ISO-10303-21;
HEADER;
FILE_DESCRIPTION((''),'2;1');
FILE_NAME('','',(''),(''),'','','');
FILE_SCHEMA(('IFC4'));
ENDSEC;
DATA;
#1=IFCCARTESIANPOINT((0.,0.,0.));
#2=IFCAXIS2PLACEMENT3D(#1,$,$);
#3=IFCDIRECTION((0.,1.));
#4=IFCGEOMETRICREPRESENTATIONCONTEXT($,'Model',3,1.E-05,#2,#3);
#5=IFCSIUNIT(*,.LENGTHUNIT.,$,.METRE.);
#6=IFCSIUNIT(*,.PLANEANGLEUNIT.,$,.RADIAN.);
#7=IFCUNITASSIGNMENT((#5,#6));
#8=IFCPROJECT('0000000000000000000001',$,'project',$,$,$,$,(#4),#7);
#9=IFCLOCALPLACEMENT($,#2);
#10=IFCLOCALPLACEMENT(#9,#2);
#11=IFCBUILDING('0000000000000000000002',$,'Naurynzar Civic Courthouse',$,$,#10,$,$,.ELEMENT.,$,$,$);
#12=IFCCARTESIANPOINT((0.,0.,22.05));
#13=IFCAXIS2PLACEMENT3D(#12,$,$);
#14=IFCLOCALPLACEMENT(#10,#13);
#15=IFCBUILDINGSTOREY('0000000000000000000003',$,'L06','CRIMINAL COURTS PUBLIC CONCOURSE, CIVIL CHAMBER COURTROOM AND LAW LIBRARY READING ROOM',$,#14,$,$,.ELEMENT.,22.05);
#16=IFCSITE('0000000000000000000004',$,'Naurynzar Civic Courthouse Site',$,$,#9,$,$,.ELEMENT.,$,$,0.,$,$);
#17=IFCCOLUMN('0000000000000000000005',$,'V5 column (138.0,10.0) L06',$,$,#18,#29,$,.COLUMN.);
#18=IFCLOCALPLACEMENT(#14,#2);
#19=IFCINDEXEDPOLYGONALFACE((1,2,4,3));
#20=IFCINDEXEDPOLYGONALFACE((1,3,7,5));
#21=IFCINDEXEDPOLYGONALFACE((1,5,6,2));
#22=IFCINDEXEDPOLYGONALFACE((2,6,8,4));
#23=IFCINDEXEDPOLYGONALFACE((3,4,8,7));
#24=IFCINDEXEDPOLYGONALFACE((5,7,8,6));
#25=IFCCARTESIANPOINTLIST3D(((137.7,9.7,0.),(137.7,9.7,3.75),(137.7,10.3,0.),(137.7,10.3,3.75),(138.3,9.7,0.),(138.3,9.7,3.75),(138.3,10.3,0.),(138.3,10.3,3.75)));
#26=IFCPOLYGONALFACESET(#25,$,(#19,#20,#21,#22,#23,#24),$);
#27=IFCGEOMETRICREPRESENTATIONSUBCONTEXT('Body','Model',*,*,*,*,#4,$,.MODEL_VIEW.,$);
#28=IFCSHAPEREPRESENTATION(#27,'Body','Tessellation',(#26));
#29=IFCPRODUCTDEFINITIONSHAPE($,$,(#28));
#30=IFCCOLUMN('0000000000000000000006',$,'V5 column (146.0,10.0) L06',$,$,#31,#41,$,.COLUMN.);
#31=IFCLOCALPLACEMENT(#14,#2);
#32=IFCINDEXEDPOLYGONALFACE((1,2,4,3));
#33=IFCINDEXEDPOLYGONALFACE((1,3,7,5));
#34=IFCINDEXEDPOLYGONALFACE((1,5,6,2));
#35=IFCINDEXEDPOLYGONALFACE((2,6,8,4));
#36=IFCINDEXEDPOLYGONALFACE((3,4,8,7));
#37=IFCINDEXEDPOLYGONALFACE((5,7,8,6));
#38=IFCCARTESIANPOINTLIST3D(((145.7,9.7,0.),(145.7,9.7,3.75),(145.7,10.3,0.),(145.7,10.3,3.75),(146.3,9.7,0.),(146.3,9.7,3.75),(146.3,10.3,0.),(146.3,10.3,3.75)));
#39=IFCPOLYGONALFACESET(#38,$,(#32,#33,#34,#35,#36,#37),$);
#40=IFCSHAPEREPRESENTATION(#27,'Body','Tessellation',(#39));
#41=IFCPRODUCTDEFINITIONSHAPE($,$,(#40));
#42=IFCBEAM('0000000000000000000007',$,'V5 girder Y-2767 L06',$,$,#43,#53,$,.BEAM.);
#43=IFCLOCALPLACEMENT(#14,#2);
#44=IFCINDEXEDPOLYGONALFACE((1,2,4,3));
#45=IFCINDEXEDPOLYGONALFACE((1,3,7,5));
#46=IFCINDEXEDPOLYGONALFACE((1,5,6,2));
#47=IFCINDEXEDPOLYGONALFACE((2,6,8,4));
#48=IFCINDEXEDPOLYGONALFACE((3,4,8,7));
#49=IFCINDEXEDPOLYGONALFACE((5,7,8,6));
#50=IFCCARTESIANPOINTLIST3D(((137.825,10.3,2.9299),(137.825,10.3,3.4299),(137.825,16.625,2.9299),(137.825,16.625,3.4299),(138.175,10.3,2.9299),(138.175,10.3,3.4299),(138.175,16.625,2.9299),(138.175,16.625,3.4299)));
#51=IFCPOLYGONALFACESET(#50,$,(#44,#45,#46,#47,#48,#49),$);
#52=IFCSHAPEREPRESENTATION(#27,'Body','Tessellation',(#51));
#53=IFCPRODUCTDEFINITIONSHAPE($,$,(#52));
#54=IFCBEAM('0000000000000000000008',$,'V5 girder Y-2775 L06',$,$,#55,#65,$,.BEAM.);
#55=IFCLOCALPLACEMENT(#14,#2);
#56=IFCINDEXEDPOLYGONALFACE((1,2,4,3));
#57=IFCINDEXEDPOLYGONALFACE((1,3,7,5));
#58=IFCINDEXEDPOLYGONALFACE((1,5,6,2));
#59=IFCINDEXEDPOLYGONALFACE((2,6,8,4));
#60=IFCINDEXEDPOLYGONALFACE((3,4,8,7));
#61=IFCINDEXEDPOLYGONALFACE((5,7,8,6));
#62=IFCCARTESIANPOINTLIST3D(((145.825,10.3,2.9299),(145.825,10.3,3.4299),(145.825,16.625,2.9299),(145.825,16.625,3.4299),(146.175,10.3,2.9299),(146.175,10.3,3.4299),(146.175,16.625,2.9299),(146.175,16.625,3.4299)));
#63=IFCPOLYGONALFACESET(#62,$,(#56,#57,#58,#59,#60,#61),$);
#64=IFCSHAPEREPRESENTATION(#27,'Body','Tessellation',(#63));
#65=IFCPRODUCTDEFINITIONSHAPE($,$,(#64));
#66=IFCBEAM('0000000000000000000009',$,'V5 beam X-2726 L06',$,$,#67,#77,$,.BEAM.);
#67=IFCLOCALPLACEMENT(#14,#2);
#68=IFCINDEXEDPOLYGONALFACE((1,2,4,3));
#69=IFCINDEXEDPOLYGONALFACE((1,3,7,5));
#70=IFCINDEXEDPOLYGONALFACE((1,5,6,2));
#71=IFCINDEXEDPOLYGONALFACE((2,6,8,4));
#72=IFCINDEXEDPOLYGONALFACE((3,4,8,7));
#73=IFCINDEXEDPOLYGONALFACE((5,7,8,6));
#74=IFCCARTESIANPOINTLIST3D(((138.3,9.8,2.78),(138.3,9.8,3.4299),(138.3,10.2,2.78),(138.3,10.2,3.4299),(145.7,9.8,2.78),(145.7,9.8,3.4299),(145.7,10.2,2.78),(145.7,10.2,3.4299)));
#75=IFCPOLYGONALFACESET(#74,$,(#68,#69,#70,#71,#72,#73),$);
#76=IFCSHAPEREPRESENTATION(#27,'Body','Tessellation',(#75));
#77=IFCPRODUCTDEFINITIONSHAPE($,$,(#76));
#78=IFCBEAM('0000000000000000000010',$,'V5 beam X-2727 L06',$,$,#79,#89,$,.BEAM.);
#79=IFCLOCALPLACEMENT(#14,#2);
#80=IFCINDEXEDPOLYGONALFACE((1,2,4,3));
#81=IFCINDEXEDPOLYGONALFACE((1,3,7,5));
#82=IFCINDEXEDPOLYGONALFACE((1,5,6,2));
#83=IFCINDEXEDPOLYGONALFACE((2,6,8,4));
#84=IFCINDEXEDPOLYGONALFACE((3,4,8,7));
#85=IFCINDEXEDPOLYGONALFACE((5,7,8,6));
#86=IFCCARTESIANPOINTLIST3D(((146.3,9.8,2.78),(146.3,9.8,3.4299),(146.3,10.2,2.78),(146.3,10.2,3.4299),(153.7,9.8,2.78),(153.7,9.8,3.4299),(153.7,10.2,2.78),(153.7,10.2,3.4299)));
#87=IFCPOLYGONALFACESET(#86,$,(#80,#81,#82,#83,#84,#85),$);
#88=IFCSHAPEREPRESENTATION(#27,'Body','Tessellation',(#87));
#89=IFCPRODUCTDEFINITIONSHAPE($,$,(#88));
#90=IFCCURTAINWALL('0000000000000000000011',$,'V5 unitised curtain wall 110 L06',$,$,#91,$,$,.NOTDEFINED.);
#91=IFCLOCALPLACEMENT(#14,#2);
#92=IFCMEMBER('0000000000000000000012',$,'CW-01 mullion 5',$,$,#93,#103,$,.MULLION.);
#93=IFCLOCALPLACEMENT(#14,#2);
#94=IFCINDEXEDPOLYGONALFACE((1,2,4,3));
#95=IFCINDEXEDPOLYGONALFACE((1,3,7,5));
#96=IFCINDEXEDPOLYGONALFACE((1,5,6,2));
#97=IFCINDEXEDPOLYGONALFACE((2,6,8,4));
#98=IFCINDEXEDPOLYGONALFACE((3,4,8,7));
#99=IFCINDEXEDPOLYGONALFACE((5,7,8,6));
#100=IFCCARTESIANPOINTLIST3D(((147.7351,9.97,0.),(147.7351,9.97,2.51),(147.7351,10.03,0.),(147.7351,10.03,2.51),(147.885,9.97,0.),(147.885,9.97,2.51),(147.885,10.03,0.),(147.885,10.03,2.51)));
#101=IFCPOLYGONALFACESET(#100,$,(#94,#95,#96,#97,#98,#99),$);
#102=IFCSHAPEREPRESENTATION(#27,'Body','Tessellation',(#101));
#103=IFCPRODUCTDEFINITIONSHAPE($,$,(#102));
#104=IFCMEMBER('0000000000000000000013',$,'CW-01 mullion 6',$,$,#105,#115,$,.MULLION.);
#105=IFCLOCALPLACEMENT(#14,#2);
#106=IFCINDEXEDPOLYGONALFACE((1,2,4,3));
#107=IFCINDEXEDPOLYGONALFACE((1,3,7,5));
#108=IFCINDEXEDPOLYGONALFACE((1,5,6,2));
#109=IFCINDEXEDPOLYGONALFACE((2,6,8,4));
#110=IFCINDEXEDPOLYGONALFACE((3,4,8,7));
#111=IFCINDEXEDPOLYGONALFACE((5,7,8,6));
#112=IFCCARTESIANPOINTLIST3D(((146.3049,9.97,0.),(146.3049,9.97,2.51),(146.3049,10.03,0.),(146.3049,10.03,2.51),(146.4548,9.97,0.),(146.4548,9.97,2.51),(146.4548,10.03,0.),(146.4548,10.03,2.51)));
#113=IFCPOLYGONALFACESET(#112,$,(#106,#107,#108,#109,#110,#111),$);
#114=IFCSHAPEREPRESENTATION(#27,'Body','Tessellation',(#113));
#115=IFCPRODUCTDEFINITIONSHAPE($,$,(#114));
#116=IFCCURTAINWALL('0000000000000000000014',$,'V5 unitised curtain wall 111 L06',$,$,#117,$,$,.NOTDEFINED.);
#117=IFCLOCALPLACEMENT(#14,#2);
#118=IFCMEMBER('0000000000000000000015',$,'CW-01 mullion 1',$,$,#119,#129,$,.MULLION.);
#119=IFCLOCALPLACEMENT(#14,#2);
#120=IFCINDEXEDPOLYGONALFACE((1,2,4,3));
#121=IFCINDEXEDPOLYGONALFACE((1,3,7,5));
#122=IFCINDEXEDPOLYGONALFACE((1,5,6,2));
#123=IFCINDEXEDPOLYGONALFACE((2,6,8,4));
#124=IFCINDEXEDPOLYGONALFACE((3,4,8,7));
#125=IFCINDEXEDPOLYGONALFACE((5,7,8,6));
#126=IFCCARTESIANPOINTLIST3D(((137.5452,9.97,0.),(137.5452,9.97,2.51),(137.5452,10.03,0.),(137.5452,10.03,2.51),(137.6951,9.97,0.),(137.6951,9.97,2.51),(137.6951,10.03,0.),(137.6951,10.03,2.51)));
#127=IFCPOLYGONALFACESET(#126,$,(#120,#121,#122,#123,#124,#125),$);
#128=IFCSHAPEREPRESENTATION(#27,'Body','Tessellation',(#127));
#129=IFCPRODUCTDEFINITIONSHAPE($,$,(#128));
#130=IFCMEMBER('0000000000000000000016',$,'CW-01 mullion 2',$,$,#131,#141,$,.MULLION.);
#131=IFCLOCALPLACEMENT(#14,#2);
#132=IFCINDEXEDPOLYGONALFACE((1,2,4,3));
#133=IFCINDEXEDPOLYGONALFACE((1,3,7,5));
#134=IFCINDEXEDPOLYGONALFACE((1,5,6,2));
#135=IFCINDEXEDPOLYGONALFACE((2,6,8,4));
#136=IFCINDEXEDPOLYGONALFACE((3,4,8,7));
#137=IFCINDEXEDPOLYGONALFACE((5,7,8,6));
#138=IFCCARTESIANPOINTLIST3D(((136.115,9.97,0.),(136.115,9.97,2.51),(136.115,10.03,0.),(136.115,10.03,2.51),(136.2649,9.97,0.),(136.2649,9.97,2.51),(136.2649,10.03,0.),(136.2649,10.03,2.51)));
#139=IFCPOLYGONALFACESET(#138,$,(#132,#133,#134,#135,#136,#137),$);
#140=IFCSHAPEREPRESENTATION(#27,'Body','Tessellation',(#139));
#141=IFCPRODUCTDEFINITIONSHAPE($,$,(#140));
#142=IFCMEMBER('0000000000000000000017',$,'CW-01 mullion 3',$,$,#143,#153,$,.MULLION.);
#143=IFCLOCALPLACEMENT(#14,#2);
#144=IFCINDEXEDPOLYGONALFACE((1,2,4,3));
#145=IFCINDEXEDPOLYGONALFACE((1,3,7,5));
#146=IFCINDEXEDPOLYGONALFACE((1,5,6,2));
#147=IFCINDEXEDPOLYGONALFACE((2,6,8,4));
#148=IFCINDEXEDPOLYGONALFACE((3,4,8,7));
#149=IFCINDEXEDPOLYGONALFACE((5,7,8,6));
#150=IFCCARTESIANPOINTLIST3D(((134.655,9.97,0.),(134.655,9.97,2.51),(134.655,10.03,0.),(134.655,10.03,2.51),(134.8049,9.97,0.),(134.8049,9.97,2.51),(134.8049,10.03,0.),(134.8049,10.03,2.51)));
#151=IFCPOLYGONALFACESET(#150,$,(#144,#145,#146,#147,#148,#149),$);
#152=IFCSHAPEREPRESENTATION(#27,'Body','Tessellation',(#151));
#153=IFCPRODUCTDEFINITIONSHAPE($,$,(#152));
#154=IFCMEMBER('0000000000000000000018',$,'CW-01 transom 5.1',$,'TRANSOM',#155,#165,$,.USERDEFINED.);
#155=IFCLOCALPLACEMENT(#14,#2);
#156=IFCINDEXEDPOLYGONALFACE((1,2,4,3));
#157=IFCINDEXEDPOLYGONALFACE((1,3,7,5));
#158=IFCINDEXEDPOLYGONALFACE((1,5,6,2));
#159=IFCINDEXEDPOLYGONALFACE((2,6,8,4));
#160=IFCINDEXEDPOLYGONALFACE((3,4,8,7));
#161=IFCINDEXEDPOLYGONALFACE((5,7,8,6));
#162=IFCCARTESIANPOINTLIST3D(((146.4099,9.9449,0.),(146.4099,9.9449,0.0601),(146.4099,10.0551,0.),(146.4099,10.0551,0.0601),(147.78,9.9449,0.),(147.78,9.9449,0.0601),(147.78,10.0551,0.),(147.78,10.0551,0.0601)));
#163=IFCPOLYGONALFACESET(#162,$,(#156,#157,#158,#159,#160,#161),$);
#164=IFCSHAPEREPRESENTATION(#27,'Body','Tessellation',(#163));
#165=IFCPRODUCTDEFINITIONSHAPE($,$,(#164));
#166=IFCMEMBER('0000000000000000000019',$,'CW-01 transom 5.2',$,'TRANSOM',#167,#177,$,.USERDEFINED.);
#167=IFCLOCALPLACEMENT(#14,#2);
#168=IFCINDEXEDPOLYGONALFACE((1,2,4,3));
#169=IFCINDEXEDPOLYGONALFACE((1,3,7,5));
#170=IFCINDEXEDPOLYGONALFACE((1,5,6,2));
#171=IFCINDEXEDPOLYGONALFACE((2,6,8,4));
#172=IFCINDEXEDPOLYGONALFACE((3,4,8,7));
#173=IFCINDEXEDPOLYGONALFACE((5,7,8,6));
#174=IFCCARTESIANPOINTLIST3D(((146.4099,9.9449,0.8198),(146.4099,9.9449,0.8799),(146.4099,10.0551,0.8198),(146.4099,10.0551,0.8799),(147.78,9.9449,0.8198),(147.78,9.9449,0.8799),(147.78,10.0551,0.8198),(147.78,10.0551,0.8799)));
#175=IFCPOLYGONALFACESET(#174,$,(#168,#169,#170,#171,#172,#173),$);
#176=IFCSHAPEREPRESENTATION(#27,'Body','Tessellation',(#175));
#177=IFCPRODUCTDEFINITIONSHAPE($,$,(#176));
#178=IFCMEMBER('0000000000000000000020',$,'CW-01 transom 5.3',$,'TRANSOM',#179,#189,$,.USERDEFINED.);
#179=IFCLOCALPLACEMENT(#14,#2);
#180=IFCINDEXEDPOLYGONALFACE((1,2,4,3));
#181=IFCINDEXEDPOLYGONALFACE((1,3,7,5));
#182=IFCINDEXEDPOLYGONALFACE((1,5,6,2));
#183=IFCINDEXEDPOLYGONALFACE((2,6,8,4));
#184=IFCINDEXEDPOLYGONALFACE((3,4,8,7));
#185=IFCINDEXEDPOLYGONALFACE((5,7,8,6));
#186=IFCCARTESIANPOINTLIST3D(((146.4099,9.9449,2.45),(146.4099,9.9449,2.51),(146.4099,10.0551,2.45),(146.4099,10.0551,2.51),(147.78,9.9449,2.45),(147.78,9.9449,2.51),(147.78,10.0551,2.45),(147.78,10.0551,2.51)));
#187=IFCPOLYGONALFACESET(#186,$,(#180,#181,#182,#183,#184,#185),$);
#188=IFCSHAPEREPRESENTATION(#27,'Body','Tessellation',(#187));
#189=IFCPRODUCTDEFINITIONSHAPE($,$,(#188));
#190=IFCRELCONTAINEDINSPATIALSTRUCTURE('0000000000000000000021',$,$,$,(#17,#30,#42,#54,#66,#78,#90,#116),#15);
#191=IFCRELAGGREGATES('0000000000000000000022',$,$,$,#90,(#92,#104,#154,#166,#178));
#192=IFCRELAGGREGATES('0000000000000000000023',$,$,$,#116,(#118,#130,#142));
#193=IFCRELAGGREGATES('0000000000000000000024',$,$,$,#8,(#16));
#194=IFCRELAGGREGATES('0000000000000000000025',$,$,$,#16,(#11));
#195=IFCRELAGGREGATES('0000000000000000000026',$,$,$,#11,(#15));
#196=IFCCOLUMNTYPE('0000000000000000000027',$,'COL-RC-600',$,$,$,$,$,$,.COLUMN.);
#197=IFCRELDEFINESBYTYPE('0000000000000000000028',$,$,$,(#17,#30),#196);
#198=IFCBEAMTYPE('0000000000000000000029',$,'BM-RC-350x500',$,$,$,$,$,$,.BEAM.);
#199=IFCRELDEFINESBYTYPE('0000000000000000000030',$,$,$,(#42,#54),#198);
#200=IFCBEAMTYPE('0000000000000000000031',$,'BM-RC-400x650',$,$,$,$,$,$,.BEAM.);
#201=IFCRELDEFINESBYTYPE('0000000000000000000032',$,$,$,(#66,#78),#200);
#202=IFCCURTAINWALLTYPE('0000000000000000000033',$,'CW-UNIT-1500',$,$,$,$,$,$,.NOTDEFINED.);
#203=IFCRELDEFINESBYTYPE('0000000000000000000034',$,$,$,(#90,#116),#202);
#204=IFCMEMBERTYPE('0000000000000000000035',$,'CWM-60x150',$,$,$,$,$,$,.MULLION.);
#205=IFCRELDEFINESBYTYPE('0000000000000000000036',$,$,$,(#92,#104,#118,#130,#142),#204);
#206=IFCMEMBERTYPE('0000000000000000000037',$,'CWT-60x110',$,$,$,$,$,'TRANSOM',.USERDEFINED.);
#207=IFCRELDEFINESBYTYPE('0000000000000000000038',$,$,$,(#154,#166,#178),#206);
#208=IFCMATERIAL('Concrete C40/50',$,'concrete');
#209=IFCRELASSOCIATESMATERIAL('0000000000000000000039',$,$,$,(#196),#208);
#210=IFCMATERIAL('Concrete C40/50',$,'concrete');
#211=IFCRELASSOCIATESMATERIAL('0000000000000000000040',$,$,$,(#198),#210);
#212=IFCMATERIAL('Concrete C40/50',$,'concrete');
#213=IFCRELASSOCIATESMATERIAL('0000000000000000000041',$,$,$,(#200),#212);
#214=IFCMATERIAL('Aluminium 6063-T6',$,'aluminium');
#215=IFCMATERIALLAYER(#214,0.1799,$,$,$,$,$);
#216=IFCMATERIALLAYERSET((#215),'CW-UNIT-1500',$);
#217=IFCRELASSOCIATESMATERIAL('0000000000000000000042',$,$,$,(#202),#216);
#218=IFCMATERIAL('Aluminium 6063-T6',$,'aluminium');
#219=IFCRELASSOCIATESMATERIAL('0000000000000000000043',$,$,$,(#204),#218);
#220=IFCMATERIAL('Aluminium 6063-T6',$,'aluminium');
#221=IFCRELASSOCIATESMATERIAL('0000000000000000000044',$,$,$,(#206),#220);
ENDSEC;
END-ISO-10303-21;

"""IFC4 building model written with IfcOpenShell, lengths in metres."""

from ifc_helpers import new_model, si_unit, direction, frame, origin, origin_2d, place, context, subcontext, project, spatial, rectangle, extrude, material, layer, layer_set, material_profile, profile_set, type_object, element, aggregate, save


model = new_model("IFC4")

# Units and contexts
model_context = context("Model", 3, precision=1e-05, world=origin(), true_north=direction((0.0, 1.0)))
body_context = subcontext(model_context, "Body", "Model", "MODEL_VIEW")
ifc_project = project(units=[si_unit("LENGTHUNIT", "METRE"), si_unit("PLANEANGLEUNIT", "RADIAN")], contexts=[model_context])

# Site, building, storey
site_placement = place(None, origin())
site = spatial("IfcSite", under=ifc_project, at=site_placement, Name="Naurynzar Civic Courthouse Site", CompositionType="ELEMENT", RefElevation=0.0)
building_placement = place(site_placement, origin())
building = spatial("IfcBuilding", under=site, at=building_placement, Name="Naurynzar Civic Courthouse", CompositionType="ELEMENT")
storey_placement = place(building_placement, frame((0.0, 0.0, 22.05)))
storey = spatial("IfcBuildingStorey", under=building, at=storey_placement, Name="L06", Description="CRIMINAL COURTS PUBLIC CONCOURSE, CIVIL CHAMBER COURTROOM AND LAW LIBRARY READING ROOM", CompositionType="ELEMENT", Elevation=22.05)

# Columns
ifc_material_1 = material(Name="Concrete C40/50", Category="concrete")
ifc_material_profile_1 = material_profile(ifc_material_1, rectangle(XDim=0.6001, YDim=0.6001, at=origin_2d()), Name="RC 600x600")
ifc_profile_set_1 = profile_set([ifc_material_profile_1], Name="Concrete C40/50")
column_type = type_object("IfcColumnType", Name="COL-RC-600", PredefinedType="COLUMN", material=ifc_profile_set_1)
for number, where, z_axis, x_axis, name in (
    (1, (138.0, 10.0, 0.0), (0.0, 0.0, 1.0), (1.0, 0.0, 0.0), "V5 column (138.0,10.0) L06"),
    (2, (146.0, 10.0, 0.0), (0.0, 0.0, 1.0), (1.0, 0.0, 0.0), "V5 column (146.0,10.0) L06"),
):
    element("IfcColumn", number, at=place(storey_placement, frame(where, z_axis=z_axis, x_axis=x_axis)), inside=storey, type_object=column_type, Name=name, PredefinedType="COLUMN", context=body_context, shape_type="SweptSolid", body=[
        extrude(rectangle(XDim=0.6001, YDim=0.6001, at=origin_2d()), origin(), (0.0, 0.0, 1.0), 3.75),
    ])

# Beams
ifc_material_2 = material(Name="Concrete C40/50", Category="concrete")
ifc_material_profile_2 = material_profile(ifc_material_2, rectangle(XDim=0.3501, YDim=0.5, at=origin_2d()), Name="RCB 350x500")
ifc_profile_set_2 = profile_set([ifc_material_profile_2], Name="Concrete C40/50")
beam_type_1 = type_object("IfcBeamType", Name="BM-RC-350x500", PredefinedType="BEAM", material=ifc_profile_set_2)
for number, where, z_axis, x_axis, name in (
    (3, (138.0, 10.3, 3.1799), (0.0, 1.0, 0.0), (-1.0, 0.0, 0.0), "V5 girder Y-2767 L06"),
    (4, (146.0, 10.3, 3.1799), (0.0, 1.0, 0.0), (-1.0, 0.0, 0.0), "V5 girder Y-2775 L06"),
):
    element("IfcBeam", number, at=place(storey_placement, frame(where, z_axis=z_axis, x_axis=x_axis)), inside=storey, type_object=beam_type_1, Name=name, PredefinedType="BEAM", context=body_context, shape_type="SweptSolid", body=[
        extrude(rectangle(XDim=0.3501, YDim=0.5, at=origin_2d()), origin(), (0.0, 0.0, 1.0), 6.325),
    ])
ifc_material_3 = material(Name="Concrete C40/50", Category="concrete")
ifc_material_profile_3 = material_profile(ifc_material_3, rectangle(XDim=0.3999, YDim=0.6499, at=origin_2d()), Name="RCB 400x650")
ifc_profile_set_3 = profile_set([ifc_material_profile_3], Name="Concrete C40/50")
beam_type_2 = type_object("IfcBeamType", Name="BM-RC-400x650", PredefinedType="BEAM", material=ifc_profile_set_3)
for number, where, z_axis, x_axis, name in (
    (5, (138.3, 10.0, 3.105), (1.0, 0.0, 0.0), (0.0, 1.0, 0.0), "V5 beam X-2726 L06"),
    (6, (146.3, 10.0, 3.105), (1.0, 0.0, 0.0), (0.0, 1.0, 0.0), "V5 beam X-2727 L06"),
):
    element("IfcBeam", number, at=place(storey_placement, frame(where, z_axis=z_axis, x_axis=x_axis)), inside=storey, type_object=beam_type_2, Name=name, PredefinedType="BEAM", context=body_context, shape_type="SweptSolid", body=[
        extrude(rectangle(XDim=0.3999, YDim=0.6499, at=origin_2d()), origin(), (0.0, 0.0, 1.0), 7.3999),
    ])

# Curtain walls, members
ifc_material_4 = material(Name="Aluminium 6063-T6", Category="aluminium")
ifc_layer_1 = layer(ifc_material_4, 0.1799)
ifc_layer_set_1 = layer_set([ifc_layer_1], Name="CW-UNIT-1500")
curtain_wall_type = type_object("IfcCurtainWallType", Name="CW-UNIT-1500", PredefinedType="NOTDEFINED", material=ifc_layer_set_1)
curtain_wall_1_placement = place(storey_placement, origin())
curtain_wall_1 = element("IfcCurtainWall", 7, at=curtain_wall_1_placement, inside=storey, type_object=curtain_wall_type, Name="V5 unitised curtain wall 110 L06", PredefinedType="NOTDEFINED")
ifc_material_5 = material(Name="Aluminium 6063-T6", Category="aluminium")
ifc_material_profile_4 = material_profile(ifc_material_5, rectangle(XDim=0.0601, YDim=0.1499, at=origin_2d()), Name="ALU MULLION 60x150")
ifc_profile_set_4 = profile_set([ifc_material_profile_4], Name="Aluminium 6063-T6")
member_type_1 = type_object("IfcMemberType", Name="CWM-60x150", PredefinedType="MULLION", material=ifc_profile_set_4)
member_1_placement = place(storey_placement, frame((147.8101, 10.0, 0.0), z_axis=(0.0, 0.0, 1.0), x_axis=(0.0, -1.0, 0.0)))
member_1 = element("IfcMember", 8, at=member_1_placement, type_object=member_type_1, Name="CW-01 mullion 5", PredefinedType="MULLION", context=body_context, shape_type="SweptSolid", body=[
    extrude(rectangle(XDim=0.0601, YDim=0.1499, at=origin_2d()), origin(), (0.0, 0.0, 1.0), 2.51),
])
member_2_placement = place(storey_placement, frame((146.3799, 10.0, 0.0), z_axis=(0.0, 0.0, 1.0), x_axis=(0.0, -1.0, 0.0)))
member_2 = element("IfcMember", 9, at=member_2_placement, type_object=member_type_1, Name="CW-01 mullion 6", PredefinedType="MULLION", context=body_context, shape_type="SweptSolid", body=[
    extrude(rectangle(XDim=0.0601, YDim=0.1499, at=origin_2d()), origin(), (0.0, 0.0, 1.0), 2.51),
])
curtain_wall_2_placement = place(storey_placement, origin())
curtain_wall_2 = element("IfcCurtainWall", 10, at=curtain_wall_2_placement, inside=storey, type_object=curtain_wall_type, Name="V5 unitised curtain wall 111 L06", PredefinedType="NOTDEFINED")
member_3_placement = place(storey_placement, frame((137.6201, 10.0, 0.0), z_axis=(0.0, 0.0, 1.0), x_axis=(0.0, -1.0, 0.0)))
member_3 = element("IfcMember", 11, at=member_3_placement, type_object=member_type_1, Name="CW-01 mullion 1", PredefinedType="MULLION", context=body_context, shape_type="SweptSolid", body=[
    extrude(rectangle(XDim=0.0601, YDim=0.1499, at=origin_2d()), origin(), (0.0, 0.0, 1.0), 2.51),
])
member_4_placement = place(storey_placement, frame((136.1899, 10.0, 0.0), z_axis=(0.0, 0.0, 1.0), x_axis=(0.0, -1.0, 0.0)))
member_4 = element("IfcMember", 12, at=member_4_placement, type_object=member_type_1, Name="CW-01 mullion 2", PredefinedType="MULLION", context=body_context, shape_type="SweptSolid", body=[
    extrude(rectangle(XDim=0.0601, YDim=0.1499, at=origin_2d()), origin(), (0.0, 0.0, 1.0), 2.51),
])
member_5_placement = place(storey_placement, frame((134.73, 10.0, 0.0), z_axis=(0.0, 0.0, 1.0), x_axis=(0.0, -1.0, 0.0)))
member_5 = element("IfcMember", 13, at=member_5_placement, type_object=member_type_1, Name="CW-01 mullion 3", PredefinedType="MULLION", context=body_context, shape_type="SweptSolid", body=[
    extrude(rectangle(XDim=0.0601, YDim=0.1499, at=origin_2d()), origin(), (0.0, 0.0, 1.0), 2.51),
])

# Members
ifc_material_6 = material(Name="Aluminium 6063-T6", Category="aluminium")
ifc_material_profile_5 = material_profile(ifc_material_6, rectangle(XDim=0.1101, YDim=0.0601, at=origin_2d()), Name="ALU TRANSOM 60x110")
ifc_profile_set_5 = profile_set([ifc_material_profile_5], Name="Aluminium 6063-T6")
member_type_2 = type_object("IfcMemberType", Name="CWT-60x110", ElementType="TRANSOM", PredefinedType="USERDEFINED", material=ifc_profile_set_5)
member_6_placement = place(storey_placement, frame((147.78, 10.0, 0.03), z_axis=(-1.0, 0.0, 0.0), x_axis=(0.0, -1.0, 0.0)))
member_6 = element("IfcMember", 14, at=member_6_placement, type_object=member_type_2, Name="CW-01 transom 5.1", ObjectType="TRANSOM", PredefinedType="USERDEFINED", context=body_context, shape_type="SweptSolid", body=[
    extrude(rectangle(XDim=0.1101, YDim=0.0601, at=origin_2d()), origin(), (0.0, 0.0, 1.0), 1.3701),
])
member_7_placement = place(storey_placement, frame((147.78, 10.0, 0.8499), z_axis=(-1.0, 0.0, 0.0), x_axis=(0.0, -1.0, 0.0)))
member_7 = element("IfcMember", 15, at=member_7_placement, type_object=member_type_2, Name="CW-01 transom 5.2", ObjectType="TRANSOM", PredefinedType="USERDEFINED", context=body_context, shape_type="SweptSolid", body=[
    extrude(rectangle(XDim=0.1101, YDim=0.0601, at=origin_2d()), origin(), (0.0, 0.0, 1.0), 1.3701),
])
member_8_placement = place(storey_placement, frame((147.78, 10.0, 2.48), z_axis=(-1.0, 0.0, 0.0), x_axis=(0.0, -1.0, 0.0)))
member_8 = element("IfcMember", 16, at=member_8_placement, type_object=member_type_2, Name="CW-01 transom 5.3", ObjectType="TRANSOM", PredefinedType="USERDEFINED", context=body_context, shape_type="SweptSolid", body=[
    extrude(rectangle(XDim=0.1101, YDim=0.0601, at=origin_2d()), origin(), (0.0, 0.0, 1.0), 1.3701),
])

aggregate(curtain_wall_1, [member_1, member_2, member_6, member_7, member_8])
aggregate(curtain_wall_2, [member_3, member_4, member_5])

save(model, "model.ifc")
